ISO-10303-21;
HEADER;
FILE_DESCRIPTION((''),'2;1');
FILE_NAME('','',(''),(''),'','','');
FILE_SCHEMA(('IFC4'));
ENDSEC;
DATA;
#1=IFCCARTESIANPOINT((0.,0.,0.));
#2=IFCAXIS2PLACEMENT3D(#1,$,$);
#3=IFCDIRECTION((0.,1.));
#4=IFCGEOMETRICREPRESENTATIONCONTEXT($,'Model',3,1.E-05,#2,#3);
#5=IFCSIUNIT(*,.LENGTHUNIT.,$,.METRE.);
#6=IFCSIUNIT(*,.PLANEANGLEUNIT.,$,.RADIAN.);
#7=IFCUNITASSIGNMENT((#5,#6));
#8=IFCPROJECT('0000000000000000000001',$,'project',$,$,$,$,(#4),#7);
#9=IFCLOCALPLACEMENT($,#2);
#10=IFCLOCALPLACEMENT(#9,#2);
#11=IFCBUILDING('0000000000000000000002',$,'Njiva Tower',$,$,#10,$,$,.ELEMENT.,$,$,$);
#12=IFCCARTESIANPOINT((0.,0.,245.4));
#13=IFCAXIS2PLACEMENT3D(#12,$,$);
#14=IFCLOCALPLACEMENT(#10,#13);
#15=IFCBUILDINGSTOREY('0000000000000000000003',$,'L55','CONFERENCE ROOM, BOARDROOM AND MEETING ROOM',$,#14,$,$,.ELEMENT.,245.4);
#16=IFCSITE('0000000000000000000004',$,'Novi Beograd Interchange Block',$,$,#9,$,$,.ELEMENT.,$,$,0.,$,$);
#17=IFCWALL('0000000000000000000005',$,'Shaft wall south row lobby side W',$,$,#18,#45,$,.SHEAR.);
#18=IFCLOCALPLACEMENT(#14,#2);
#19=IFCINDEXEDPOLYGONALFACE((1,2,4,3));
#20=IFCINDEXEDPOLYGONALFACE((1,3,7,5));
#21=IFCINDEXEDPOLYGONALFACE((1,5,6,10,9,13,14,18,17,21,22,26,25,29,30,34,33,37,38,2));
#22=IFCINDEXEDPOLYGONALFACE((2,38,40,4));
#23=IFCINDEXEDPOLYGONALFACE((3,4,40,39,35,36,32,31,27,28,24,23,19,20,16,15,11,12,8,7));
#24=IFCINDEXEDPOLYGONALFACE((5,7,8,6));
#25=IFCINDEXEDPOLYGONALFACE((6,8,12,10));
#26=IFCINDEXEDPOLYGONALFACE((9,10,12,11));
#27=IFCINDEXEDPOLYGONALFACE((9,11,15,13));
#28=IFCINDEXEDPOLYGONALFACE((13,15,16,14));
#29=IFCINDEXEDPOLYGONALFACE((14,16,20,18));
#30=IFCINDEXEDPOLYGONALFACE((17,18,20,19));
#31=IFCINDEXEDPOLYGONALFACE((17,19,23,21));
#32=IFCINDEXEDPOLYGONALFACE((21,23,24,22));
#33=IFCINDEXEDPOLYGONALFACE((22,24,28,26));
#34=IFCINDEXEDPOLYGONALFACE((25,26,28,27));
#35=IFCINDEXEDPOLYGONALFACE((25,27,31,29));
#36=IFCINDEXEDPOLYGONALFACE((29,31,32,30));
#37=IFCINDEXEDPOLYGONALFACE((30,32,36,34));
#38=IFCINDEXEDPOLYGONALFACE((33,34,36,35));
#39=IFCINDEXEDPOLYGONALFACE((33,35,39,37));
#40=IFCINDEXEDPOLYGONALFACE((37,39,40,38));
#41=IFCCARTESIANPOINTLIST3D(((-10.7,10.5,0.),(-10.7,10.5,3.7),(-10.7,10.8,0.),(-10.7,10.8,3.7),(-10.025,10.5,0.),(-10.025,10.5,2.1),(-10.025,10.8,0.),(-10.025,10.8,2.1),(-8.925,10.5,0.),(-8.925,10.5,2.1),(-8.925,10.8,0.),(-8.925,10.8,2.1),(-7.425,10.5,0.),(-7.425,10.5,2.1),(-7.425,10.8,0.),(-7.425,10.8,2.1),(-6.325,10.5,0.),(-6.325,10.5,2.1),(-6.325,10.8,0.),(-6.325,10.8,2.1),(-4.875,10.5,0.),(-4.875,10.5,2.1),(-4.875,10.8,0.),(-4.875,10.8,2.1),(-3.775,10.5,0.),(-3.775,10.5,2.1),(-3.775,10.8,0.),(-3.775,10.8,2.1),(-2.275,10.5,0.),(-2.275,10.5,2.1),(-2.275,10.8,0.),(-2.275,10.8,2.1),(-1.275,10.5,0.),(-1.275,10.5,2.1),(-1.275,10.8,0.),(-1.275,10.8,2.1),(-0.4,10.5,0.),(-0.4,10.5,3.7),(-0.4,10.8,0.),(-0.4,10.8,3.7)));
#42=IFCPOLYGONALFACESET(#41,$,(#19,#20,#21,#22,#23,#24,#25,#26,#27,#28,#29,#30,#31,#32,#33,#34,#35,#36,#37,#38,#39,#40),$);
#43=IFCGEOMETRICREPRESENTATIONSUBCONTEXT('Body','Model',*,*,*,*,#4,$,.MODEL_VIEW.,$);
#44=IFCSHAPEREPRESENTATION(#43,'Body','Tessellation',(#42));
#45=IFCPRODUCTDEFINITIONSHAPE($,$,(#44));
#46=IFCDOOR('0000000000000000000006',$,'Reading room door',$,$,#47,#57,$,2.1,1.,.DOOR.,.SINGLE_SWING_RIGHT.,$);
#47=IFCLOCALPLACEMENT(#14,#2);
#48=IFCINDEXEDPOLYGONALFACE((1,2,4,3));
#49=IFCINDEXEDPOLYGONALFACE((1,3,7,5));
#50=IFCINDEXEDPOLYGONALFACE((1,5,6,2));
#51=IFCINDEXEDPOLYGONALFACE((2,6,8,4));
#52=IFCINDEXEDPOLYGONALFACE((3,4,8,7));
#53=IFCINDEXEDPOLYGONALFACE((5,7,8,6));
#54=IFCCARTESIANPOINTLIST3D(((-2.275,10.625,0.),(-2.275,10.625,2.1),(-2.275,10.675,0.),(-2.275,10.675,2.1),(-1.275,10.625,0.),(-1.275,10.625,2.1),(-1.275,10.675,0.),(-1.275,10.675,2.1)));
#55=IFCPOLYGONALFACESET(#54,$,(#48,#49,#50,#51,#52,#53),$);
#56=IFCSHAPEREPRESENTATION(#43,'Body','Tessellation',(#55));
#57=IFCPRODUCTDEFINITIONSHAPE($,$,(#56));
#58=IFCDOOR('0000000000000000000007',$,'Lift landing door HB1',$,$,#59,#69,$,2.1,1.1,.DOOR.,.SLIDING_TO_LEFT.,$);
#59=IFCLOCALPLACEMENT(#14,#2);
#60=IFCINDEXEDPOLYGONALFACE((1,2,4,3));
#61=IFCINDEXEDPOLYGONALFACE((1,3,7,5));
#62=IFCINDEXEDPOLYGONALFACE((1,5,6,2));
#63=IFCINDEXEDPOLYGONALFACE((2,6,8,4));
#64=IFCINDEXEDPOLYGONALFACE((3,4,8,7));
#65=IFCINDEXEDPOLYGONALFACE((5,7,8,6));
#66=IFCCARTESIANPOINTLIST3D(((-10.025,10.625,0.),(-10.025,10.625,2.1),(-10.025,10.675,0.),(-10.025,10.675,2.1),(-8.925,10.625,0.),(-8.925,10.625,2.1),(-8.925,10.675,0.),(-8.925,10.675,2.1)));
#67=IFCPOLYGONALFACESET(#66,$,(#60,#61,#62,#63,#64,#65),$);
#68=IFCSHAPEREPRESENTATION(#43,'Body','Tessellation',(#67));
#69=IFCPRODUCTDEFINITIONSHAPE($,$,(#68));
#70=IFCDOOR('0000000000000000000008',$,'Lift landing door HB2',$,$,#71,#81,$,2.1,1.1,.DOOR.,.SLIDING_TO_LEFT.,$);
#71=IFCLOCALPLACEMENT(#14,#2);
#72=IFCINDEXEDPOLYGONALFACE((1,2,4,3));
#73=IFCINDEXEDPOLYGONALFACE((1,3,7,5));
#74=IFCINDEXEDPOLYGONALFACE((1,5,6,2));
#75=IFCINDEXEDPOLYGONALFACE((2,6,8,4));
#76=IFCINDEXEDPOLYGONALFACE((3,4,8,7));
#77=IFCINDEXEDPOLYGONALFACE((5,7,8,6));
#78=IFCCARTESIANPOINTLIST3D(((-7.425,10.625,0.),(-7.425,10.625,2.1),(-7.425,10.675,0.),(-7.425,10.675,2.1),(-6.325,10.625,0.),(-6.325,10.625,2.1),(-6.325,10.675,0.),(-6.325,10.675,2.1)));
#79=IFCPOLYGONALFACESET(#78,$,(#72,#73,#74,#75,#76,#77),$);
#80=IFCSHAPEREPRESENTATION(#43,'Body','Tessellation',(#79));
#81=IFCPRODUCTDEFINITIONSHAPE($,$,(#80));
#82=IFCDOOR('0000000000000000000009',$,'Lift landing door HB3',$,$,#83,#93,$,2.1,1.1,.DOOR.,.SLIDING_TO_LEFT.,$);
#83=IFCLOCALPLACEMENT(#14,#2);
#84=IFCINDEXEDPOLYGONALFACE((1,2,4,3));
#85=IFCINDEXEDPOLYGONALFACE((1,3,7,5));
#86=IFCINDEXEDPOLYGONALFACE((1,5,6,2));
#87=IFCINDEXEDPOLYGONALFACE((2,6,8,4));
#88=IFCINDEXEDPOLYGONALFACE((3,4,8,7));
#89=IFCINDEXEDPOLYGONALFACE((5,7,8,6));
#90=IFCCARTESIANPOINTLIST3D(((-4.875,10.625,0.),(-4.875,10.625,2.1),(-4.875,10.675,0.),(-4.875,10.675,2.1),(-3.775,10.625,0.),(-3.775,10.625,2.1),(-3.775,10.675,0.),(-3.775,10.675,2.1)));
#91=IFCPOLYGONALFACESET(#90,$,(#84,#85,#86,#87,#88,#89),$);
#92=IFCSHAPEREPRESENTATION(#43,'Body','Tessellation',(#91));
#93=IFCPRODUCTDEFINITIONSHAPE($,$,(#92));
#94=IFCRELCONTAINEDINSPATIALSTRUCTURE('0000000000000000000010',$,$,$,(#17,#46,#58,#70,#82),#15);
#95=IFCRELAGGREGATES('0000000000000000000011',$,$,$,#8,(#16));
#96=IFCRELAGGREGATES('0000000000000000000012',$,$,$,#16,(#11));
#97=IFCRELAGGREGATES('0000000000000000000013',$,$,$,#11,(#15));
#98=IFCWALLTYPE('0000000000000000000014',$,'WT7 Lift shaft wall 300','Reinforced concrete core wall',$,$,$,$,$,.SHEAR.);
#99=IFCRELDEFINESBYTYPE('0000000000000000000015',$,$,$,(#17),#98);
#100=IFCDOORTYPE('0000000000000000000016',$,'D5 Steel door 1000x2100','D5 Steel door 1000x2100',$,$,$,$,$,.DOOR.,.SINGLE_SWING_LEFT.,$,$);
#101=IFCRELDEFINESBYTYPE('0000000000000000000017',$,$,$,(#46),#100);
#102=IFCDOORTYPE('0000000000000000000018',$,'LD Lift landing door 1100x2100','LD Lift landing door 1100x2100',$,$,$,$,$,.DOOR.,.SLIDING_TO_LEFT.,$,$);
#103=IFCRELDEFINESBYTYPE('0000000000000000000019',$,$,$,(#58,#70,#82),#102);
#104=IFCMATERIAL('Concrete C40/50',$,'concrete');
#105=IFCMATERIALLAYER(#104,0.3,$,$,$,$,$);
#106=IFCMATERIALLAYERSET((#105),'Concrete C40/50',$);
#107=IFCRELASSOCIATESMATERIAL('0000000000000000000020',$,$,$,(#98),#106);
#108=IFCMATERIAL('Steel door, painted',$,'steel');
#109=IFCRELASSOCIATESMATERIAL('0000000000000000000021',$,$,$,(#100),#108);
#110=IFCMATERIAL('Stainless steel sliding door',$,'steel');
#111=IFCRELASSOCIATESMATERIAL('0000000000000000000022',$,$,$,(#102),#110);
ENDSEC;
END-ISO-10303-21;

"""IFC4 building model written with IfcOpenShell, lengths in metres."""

from ifc_helpers import new_model, si_unit, direction, frame, frame_2d, origin, place, context, subcontext, project, spatial, rectangle, extrude, material, layer, layer_set, type_object, element, fill, save


model = new_model("IFC4")

# Units and contexts
model_context = context("Model", 3, precision=1e-05, world=origin(), true_north=direction((0.0, 1.0)))
body_context = subcontext(model_context, "Body", "Model", "MODEL_VIEW")
ifc_project = project(units=[si_unit("LENGTHUNIT", "METRE"), si_unit("PLANEANGLEUNIT", "RADIAN")], contexts=[model_context])

# Site, building, storey
site_placement = place(None, origin())
site = spatial("IfcSite", under=ifc_project, at=site_placement, Name="Novi Beograd Interchange Block", CompositionType="ELEMENT", RefElevation=0.0)
building_placement = place(site_placement, origin())
building = spatial("IfcBuilding", under=site, at=building_placement, Name="Njiva Tower", CompositionType="ELEMENT")
storey_placement = place(building_placement, frame((0.0, 0.0, 245.4)))
storey = spatial("IfcBuildingStorey", under=building, at=storey_placement, Name="L55", Description="CONFERENCE ROOM, BOARDROOM AND MEETING ROOM", CompositionType="ELEMENT", Elevation=245.4)

# Shared definitions
ifc_material_1 = material(Name="Concrete C40/50", Category="concrete")

# Wall, openings, doors
ifc_layer_1 = layer(ifc_material_1, 0.3)
ifc_layer_set_1 = layer_set([ifc_layer_1], Name="Concrete C40/50")
wall_type_1 = type_object("IfcWallType", Name="WT7 Lift shaft wall 300", Description="Reinforced concrete core wall", PredefinedType="SHEAR", material=ifc_layer_set_1)
ifc_material_2 = material(Name="Steel door, painted", Category="steel")
door_type_1 = type_object("IfcDoorType", Name="D5 Steel door 1000x2100", Description="D5 Steel door 1000x2100", OperationType="SINGLE_SWING_LEFT", PredefinedType="DOOR", material=ifc_material_2)
ifc_material_3 = material(Name="Stainless steel sliding door", Category="steel")
door_type_2 = type_object("IfcDoorType", Name="LD Lift landing door 1100x2100", Description="LD Lift landing door 1100x2100", OperationType="SLIDING_TO_LEFT", PredefinedType="DOOR", material=ifc_material_3)
wall_1_placement = place(storey_placement, frame((-10.7, 10.65, 0.0), z_axis=(0.0, 0.0, 1.0), x_axis=(1.0, 0.0, 0.0)))
wall_1 = element("IfcWall", 1, at=wall_1_placement, inside=storey, type_object=wall_type_1, Name="Shaft wall south row lobby side W", PredefinedType="SHEAR", context=body_context, shape_type="SweptSolid", body=[
    extrude(rectangle(XDim=10.3, YDim=0.3, at=frame_2d((5.15, 0.0))), origin(), (0.0, 0.0, 1.0), 3.7),
])
opening_1_placement = place(wall_1_placement, frame((0.675, 0.0, 0.0)))
opening_1 = element("IfcOpeningElement", 2, at=opening_1_placement, cuts=wall_1, PredefinedType="OPENING", context=body_context, shape_type="SweptSolid", body=[
    extrude(rectangle(XDim=1.1, YDim=2.1, at=frame_2d((0.55, 1.05))), frame((0.0, 0.16, 0.0), z_axis=(0.0, -1.0, 0.0), x_axis=(1.0, 0.0, 0.0)), (0.0, 0.0, 1.0), 0.32),
])
opening_2_placement = place(wall_1_placement, frame((3.275, 0.0, 0.0)))
opening_2 = element("IfcOpeningElement", 3, at=opening_2_placement, cuts=wall_1, PredefinedType="OPENING", context=body_context, shape_type="SweptSolid", body=[
    extrude(rectangle(XDim=1.1, YDim=2.1, at=frame_2d((0.55, 1.05))), frame((0.0, 0.16, 0.0), z_axis=(0.0, -1.0, 0.0), x_axis=(1.0, 0.0, 0.0)), (0.0, 0.0, 1.0), 0.32),
])
opening_3_placement = place(wall_1_placement, frame((5.825, 0.0, 0.0)))
opening_3 = element("IfcOpeningElement", 4, at=opening_3_placement, cuts=wall_1, PredefinedType="OPENING", context=body_context, shape_type="SweptSolid", body=[
    extrude(rectangle(XDim=1.1, YDim=2.1, at=frame_2d((0.55, 1.05))), frame((0.0, 0.16, 0.0), z_axis=(0.0, -1.0, 0.0), x_axis=(1.0, 0.0, 0.0)), (0.0, 0.0, 1.0), 0.32),
])
opening_4_placement = place(wall_1_placement, frame((8.425, 0.0, 0.0)))
opening_4 = element("IfcOpeningElement", 5, at=opening_4_placement, cuts=wall_1, PredefinedType="OPENING", context=body_context, shape_type="SweptSolid", body=[
    extrude(rectangle(XDim=1.0, YDim=2.1, at=frame_2d((0.5, 1.05))), frame((0.0, 0.16, 0.0), z_axis=(0.0, -1.0, 0.0), x_axis=(1.0, 0.0, 0.0)), (0.0, 0.0, 1.0), 0.32),
])
door_1_placement = place(opening_4_placement, origin())
door_1 = element("IfcDoor", 6, at=door_1_placement, inside=storey, type_object=door_type_1, Name="Reading room door", OperationType="SINGLE_SWING_RIGHT", OverallHeight=2.1, OverallWidth=1.0, PredefinedType="DOOR", context=body_context, shape_type="SweptSolid", body=[
    extrude(rectangle(XDim=1.0, YDim=2.1, at=frame_2d((0.5, 1.05))), frame((0.0, 0.025, 0.0), z_axis=(0.0, -1.0, 0.0), x_axis=(1.0, 0.0, 0.0)), (0.0, 0.0, 1.0), 0.05),
])
fill(opening_4, door_1)
door_2_placement = place(opening_1_placement, origin())
door_2 = element("IfcDoor", 7, at=door_2_placement, inside=storey, type_object=door_type_2, Name="Lift landing door HB1", OperationType="SLIDING_TO_LEFT", OverallHeight=2.1, OverallWidth=1.1, PredefinedType="DOOR", context=body_context, shape_type="SweptSolid", body=[
    extrude(rectangle(XDim=1.1, YDim=2.1, at=frame_2d((0.55, 1.05))), frame((0.0, 0.025, 0.0), z_axis=(0.0, -1.0, 0.0), x_axis=(1.0, 0.0, 0.0)), (0.0, 0.0, 1.0), 0.05),
])
fill(opening_1, door_2)
door_3_placement = place(opening_2_placement, origin())
door_3 = element("IfcDoor", 8, at=door_3_placement, inside=storey, type_object=door_type_2, Name="Lift landing door HB2", OperationType="SLIDING_TO_LEFT", OverallHeight=2.1, OverallWidth=1.1, PredefinedType="DOOR", context=body_context, shape_type="SweptSolid", body=[
    extrude(rectangle(XDim=1.1, YDim=2.1, at=frame_2d((0.55, 1.05))), frame((0.0, 0.025, 0.0), z_axis=(0.0, -1.0, 0.0), x_axis=(1.0, 0.0, 0.0)), (0.0, 0.0, 1.0), 0.05),
])
fill(opening_2, door_3)
door_4_placement = place(opening_3_placement, origin())
door_4 = element("IfcDoor", 9, at=door_4_placement, inside=storey, type_object=door_type_2, Name="Lift landing door HB3", OperationType="SLIDING_TO_LEFT", OverallHeight=2.1, OverallWidth=1.1, PredefinedType="DOOR", context=body_context, shape_type="SweptSolid", body=[
    extrude(rectangle(XDim=1.1, YDim=2.1, at=frame_2d((0.55, 1.05))), frame((0.0, 0.025, 0.0), z_axis=(0.0, -1.0, 0.0), x_axis=(1.0, 0.0, 0.0)), (0.0, 0.0, 1.0), 0.05),
])
fill(opening_3, door_4)

save(model, "model.ifc")
